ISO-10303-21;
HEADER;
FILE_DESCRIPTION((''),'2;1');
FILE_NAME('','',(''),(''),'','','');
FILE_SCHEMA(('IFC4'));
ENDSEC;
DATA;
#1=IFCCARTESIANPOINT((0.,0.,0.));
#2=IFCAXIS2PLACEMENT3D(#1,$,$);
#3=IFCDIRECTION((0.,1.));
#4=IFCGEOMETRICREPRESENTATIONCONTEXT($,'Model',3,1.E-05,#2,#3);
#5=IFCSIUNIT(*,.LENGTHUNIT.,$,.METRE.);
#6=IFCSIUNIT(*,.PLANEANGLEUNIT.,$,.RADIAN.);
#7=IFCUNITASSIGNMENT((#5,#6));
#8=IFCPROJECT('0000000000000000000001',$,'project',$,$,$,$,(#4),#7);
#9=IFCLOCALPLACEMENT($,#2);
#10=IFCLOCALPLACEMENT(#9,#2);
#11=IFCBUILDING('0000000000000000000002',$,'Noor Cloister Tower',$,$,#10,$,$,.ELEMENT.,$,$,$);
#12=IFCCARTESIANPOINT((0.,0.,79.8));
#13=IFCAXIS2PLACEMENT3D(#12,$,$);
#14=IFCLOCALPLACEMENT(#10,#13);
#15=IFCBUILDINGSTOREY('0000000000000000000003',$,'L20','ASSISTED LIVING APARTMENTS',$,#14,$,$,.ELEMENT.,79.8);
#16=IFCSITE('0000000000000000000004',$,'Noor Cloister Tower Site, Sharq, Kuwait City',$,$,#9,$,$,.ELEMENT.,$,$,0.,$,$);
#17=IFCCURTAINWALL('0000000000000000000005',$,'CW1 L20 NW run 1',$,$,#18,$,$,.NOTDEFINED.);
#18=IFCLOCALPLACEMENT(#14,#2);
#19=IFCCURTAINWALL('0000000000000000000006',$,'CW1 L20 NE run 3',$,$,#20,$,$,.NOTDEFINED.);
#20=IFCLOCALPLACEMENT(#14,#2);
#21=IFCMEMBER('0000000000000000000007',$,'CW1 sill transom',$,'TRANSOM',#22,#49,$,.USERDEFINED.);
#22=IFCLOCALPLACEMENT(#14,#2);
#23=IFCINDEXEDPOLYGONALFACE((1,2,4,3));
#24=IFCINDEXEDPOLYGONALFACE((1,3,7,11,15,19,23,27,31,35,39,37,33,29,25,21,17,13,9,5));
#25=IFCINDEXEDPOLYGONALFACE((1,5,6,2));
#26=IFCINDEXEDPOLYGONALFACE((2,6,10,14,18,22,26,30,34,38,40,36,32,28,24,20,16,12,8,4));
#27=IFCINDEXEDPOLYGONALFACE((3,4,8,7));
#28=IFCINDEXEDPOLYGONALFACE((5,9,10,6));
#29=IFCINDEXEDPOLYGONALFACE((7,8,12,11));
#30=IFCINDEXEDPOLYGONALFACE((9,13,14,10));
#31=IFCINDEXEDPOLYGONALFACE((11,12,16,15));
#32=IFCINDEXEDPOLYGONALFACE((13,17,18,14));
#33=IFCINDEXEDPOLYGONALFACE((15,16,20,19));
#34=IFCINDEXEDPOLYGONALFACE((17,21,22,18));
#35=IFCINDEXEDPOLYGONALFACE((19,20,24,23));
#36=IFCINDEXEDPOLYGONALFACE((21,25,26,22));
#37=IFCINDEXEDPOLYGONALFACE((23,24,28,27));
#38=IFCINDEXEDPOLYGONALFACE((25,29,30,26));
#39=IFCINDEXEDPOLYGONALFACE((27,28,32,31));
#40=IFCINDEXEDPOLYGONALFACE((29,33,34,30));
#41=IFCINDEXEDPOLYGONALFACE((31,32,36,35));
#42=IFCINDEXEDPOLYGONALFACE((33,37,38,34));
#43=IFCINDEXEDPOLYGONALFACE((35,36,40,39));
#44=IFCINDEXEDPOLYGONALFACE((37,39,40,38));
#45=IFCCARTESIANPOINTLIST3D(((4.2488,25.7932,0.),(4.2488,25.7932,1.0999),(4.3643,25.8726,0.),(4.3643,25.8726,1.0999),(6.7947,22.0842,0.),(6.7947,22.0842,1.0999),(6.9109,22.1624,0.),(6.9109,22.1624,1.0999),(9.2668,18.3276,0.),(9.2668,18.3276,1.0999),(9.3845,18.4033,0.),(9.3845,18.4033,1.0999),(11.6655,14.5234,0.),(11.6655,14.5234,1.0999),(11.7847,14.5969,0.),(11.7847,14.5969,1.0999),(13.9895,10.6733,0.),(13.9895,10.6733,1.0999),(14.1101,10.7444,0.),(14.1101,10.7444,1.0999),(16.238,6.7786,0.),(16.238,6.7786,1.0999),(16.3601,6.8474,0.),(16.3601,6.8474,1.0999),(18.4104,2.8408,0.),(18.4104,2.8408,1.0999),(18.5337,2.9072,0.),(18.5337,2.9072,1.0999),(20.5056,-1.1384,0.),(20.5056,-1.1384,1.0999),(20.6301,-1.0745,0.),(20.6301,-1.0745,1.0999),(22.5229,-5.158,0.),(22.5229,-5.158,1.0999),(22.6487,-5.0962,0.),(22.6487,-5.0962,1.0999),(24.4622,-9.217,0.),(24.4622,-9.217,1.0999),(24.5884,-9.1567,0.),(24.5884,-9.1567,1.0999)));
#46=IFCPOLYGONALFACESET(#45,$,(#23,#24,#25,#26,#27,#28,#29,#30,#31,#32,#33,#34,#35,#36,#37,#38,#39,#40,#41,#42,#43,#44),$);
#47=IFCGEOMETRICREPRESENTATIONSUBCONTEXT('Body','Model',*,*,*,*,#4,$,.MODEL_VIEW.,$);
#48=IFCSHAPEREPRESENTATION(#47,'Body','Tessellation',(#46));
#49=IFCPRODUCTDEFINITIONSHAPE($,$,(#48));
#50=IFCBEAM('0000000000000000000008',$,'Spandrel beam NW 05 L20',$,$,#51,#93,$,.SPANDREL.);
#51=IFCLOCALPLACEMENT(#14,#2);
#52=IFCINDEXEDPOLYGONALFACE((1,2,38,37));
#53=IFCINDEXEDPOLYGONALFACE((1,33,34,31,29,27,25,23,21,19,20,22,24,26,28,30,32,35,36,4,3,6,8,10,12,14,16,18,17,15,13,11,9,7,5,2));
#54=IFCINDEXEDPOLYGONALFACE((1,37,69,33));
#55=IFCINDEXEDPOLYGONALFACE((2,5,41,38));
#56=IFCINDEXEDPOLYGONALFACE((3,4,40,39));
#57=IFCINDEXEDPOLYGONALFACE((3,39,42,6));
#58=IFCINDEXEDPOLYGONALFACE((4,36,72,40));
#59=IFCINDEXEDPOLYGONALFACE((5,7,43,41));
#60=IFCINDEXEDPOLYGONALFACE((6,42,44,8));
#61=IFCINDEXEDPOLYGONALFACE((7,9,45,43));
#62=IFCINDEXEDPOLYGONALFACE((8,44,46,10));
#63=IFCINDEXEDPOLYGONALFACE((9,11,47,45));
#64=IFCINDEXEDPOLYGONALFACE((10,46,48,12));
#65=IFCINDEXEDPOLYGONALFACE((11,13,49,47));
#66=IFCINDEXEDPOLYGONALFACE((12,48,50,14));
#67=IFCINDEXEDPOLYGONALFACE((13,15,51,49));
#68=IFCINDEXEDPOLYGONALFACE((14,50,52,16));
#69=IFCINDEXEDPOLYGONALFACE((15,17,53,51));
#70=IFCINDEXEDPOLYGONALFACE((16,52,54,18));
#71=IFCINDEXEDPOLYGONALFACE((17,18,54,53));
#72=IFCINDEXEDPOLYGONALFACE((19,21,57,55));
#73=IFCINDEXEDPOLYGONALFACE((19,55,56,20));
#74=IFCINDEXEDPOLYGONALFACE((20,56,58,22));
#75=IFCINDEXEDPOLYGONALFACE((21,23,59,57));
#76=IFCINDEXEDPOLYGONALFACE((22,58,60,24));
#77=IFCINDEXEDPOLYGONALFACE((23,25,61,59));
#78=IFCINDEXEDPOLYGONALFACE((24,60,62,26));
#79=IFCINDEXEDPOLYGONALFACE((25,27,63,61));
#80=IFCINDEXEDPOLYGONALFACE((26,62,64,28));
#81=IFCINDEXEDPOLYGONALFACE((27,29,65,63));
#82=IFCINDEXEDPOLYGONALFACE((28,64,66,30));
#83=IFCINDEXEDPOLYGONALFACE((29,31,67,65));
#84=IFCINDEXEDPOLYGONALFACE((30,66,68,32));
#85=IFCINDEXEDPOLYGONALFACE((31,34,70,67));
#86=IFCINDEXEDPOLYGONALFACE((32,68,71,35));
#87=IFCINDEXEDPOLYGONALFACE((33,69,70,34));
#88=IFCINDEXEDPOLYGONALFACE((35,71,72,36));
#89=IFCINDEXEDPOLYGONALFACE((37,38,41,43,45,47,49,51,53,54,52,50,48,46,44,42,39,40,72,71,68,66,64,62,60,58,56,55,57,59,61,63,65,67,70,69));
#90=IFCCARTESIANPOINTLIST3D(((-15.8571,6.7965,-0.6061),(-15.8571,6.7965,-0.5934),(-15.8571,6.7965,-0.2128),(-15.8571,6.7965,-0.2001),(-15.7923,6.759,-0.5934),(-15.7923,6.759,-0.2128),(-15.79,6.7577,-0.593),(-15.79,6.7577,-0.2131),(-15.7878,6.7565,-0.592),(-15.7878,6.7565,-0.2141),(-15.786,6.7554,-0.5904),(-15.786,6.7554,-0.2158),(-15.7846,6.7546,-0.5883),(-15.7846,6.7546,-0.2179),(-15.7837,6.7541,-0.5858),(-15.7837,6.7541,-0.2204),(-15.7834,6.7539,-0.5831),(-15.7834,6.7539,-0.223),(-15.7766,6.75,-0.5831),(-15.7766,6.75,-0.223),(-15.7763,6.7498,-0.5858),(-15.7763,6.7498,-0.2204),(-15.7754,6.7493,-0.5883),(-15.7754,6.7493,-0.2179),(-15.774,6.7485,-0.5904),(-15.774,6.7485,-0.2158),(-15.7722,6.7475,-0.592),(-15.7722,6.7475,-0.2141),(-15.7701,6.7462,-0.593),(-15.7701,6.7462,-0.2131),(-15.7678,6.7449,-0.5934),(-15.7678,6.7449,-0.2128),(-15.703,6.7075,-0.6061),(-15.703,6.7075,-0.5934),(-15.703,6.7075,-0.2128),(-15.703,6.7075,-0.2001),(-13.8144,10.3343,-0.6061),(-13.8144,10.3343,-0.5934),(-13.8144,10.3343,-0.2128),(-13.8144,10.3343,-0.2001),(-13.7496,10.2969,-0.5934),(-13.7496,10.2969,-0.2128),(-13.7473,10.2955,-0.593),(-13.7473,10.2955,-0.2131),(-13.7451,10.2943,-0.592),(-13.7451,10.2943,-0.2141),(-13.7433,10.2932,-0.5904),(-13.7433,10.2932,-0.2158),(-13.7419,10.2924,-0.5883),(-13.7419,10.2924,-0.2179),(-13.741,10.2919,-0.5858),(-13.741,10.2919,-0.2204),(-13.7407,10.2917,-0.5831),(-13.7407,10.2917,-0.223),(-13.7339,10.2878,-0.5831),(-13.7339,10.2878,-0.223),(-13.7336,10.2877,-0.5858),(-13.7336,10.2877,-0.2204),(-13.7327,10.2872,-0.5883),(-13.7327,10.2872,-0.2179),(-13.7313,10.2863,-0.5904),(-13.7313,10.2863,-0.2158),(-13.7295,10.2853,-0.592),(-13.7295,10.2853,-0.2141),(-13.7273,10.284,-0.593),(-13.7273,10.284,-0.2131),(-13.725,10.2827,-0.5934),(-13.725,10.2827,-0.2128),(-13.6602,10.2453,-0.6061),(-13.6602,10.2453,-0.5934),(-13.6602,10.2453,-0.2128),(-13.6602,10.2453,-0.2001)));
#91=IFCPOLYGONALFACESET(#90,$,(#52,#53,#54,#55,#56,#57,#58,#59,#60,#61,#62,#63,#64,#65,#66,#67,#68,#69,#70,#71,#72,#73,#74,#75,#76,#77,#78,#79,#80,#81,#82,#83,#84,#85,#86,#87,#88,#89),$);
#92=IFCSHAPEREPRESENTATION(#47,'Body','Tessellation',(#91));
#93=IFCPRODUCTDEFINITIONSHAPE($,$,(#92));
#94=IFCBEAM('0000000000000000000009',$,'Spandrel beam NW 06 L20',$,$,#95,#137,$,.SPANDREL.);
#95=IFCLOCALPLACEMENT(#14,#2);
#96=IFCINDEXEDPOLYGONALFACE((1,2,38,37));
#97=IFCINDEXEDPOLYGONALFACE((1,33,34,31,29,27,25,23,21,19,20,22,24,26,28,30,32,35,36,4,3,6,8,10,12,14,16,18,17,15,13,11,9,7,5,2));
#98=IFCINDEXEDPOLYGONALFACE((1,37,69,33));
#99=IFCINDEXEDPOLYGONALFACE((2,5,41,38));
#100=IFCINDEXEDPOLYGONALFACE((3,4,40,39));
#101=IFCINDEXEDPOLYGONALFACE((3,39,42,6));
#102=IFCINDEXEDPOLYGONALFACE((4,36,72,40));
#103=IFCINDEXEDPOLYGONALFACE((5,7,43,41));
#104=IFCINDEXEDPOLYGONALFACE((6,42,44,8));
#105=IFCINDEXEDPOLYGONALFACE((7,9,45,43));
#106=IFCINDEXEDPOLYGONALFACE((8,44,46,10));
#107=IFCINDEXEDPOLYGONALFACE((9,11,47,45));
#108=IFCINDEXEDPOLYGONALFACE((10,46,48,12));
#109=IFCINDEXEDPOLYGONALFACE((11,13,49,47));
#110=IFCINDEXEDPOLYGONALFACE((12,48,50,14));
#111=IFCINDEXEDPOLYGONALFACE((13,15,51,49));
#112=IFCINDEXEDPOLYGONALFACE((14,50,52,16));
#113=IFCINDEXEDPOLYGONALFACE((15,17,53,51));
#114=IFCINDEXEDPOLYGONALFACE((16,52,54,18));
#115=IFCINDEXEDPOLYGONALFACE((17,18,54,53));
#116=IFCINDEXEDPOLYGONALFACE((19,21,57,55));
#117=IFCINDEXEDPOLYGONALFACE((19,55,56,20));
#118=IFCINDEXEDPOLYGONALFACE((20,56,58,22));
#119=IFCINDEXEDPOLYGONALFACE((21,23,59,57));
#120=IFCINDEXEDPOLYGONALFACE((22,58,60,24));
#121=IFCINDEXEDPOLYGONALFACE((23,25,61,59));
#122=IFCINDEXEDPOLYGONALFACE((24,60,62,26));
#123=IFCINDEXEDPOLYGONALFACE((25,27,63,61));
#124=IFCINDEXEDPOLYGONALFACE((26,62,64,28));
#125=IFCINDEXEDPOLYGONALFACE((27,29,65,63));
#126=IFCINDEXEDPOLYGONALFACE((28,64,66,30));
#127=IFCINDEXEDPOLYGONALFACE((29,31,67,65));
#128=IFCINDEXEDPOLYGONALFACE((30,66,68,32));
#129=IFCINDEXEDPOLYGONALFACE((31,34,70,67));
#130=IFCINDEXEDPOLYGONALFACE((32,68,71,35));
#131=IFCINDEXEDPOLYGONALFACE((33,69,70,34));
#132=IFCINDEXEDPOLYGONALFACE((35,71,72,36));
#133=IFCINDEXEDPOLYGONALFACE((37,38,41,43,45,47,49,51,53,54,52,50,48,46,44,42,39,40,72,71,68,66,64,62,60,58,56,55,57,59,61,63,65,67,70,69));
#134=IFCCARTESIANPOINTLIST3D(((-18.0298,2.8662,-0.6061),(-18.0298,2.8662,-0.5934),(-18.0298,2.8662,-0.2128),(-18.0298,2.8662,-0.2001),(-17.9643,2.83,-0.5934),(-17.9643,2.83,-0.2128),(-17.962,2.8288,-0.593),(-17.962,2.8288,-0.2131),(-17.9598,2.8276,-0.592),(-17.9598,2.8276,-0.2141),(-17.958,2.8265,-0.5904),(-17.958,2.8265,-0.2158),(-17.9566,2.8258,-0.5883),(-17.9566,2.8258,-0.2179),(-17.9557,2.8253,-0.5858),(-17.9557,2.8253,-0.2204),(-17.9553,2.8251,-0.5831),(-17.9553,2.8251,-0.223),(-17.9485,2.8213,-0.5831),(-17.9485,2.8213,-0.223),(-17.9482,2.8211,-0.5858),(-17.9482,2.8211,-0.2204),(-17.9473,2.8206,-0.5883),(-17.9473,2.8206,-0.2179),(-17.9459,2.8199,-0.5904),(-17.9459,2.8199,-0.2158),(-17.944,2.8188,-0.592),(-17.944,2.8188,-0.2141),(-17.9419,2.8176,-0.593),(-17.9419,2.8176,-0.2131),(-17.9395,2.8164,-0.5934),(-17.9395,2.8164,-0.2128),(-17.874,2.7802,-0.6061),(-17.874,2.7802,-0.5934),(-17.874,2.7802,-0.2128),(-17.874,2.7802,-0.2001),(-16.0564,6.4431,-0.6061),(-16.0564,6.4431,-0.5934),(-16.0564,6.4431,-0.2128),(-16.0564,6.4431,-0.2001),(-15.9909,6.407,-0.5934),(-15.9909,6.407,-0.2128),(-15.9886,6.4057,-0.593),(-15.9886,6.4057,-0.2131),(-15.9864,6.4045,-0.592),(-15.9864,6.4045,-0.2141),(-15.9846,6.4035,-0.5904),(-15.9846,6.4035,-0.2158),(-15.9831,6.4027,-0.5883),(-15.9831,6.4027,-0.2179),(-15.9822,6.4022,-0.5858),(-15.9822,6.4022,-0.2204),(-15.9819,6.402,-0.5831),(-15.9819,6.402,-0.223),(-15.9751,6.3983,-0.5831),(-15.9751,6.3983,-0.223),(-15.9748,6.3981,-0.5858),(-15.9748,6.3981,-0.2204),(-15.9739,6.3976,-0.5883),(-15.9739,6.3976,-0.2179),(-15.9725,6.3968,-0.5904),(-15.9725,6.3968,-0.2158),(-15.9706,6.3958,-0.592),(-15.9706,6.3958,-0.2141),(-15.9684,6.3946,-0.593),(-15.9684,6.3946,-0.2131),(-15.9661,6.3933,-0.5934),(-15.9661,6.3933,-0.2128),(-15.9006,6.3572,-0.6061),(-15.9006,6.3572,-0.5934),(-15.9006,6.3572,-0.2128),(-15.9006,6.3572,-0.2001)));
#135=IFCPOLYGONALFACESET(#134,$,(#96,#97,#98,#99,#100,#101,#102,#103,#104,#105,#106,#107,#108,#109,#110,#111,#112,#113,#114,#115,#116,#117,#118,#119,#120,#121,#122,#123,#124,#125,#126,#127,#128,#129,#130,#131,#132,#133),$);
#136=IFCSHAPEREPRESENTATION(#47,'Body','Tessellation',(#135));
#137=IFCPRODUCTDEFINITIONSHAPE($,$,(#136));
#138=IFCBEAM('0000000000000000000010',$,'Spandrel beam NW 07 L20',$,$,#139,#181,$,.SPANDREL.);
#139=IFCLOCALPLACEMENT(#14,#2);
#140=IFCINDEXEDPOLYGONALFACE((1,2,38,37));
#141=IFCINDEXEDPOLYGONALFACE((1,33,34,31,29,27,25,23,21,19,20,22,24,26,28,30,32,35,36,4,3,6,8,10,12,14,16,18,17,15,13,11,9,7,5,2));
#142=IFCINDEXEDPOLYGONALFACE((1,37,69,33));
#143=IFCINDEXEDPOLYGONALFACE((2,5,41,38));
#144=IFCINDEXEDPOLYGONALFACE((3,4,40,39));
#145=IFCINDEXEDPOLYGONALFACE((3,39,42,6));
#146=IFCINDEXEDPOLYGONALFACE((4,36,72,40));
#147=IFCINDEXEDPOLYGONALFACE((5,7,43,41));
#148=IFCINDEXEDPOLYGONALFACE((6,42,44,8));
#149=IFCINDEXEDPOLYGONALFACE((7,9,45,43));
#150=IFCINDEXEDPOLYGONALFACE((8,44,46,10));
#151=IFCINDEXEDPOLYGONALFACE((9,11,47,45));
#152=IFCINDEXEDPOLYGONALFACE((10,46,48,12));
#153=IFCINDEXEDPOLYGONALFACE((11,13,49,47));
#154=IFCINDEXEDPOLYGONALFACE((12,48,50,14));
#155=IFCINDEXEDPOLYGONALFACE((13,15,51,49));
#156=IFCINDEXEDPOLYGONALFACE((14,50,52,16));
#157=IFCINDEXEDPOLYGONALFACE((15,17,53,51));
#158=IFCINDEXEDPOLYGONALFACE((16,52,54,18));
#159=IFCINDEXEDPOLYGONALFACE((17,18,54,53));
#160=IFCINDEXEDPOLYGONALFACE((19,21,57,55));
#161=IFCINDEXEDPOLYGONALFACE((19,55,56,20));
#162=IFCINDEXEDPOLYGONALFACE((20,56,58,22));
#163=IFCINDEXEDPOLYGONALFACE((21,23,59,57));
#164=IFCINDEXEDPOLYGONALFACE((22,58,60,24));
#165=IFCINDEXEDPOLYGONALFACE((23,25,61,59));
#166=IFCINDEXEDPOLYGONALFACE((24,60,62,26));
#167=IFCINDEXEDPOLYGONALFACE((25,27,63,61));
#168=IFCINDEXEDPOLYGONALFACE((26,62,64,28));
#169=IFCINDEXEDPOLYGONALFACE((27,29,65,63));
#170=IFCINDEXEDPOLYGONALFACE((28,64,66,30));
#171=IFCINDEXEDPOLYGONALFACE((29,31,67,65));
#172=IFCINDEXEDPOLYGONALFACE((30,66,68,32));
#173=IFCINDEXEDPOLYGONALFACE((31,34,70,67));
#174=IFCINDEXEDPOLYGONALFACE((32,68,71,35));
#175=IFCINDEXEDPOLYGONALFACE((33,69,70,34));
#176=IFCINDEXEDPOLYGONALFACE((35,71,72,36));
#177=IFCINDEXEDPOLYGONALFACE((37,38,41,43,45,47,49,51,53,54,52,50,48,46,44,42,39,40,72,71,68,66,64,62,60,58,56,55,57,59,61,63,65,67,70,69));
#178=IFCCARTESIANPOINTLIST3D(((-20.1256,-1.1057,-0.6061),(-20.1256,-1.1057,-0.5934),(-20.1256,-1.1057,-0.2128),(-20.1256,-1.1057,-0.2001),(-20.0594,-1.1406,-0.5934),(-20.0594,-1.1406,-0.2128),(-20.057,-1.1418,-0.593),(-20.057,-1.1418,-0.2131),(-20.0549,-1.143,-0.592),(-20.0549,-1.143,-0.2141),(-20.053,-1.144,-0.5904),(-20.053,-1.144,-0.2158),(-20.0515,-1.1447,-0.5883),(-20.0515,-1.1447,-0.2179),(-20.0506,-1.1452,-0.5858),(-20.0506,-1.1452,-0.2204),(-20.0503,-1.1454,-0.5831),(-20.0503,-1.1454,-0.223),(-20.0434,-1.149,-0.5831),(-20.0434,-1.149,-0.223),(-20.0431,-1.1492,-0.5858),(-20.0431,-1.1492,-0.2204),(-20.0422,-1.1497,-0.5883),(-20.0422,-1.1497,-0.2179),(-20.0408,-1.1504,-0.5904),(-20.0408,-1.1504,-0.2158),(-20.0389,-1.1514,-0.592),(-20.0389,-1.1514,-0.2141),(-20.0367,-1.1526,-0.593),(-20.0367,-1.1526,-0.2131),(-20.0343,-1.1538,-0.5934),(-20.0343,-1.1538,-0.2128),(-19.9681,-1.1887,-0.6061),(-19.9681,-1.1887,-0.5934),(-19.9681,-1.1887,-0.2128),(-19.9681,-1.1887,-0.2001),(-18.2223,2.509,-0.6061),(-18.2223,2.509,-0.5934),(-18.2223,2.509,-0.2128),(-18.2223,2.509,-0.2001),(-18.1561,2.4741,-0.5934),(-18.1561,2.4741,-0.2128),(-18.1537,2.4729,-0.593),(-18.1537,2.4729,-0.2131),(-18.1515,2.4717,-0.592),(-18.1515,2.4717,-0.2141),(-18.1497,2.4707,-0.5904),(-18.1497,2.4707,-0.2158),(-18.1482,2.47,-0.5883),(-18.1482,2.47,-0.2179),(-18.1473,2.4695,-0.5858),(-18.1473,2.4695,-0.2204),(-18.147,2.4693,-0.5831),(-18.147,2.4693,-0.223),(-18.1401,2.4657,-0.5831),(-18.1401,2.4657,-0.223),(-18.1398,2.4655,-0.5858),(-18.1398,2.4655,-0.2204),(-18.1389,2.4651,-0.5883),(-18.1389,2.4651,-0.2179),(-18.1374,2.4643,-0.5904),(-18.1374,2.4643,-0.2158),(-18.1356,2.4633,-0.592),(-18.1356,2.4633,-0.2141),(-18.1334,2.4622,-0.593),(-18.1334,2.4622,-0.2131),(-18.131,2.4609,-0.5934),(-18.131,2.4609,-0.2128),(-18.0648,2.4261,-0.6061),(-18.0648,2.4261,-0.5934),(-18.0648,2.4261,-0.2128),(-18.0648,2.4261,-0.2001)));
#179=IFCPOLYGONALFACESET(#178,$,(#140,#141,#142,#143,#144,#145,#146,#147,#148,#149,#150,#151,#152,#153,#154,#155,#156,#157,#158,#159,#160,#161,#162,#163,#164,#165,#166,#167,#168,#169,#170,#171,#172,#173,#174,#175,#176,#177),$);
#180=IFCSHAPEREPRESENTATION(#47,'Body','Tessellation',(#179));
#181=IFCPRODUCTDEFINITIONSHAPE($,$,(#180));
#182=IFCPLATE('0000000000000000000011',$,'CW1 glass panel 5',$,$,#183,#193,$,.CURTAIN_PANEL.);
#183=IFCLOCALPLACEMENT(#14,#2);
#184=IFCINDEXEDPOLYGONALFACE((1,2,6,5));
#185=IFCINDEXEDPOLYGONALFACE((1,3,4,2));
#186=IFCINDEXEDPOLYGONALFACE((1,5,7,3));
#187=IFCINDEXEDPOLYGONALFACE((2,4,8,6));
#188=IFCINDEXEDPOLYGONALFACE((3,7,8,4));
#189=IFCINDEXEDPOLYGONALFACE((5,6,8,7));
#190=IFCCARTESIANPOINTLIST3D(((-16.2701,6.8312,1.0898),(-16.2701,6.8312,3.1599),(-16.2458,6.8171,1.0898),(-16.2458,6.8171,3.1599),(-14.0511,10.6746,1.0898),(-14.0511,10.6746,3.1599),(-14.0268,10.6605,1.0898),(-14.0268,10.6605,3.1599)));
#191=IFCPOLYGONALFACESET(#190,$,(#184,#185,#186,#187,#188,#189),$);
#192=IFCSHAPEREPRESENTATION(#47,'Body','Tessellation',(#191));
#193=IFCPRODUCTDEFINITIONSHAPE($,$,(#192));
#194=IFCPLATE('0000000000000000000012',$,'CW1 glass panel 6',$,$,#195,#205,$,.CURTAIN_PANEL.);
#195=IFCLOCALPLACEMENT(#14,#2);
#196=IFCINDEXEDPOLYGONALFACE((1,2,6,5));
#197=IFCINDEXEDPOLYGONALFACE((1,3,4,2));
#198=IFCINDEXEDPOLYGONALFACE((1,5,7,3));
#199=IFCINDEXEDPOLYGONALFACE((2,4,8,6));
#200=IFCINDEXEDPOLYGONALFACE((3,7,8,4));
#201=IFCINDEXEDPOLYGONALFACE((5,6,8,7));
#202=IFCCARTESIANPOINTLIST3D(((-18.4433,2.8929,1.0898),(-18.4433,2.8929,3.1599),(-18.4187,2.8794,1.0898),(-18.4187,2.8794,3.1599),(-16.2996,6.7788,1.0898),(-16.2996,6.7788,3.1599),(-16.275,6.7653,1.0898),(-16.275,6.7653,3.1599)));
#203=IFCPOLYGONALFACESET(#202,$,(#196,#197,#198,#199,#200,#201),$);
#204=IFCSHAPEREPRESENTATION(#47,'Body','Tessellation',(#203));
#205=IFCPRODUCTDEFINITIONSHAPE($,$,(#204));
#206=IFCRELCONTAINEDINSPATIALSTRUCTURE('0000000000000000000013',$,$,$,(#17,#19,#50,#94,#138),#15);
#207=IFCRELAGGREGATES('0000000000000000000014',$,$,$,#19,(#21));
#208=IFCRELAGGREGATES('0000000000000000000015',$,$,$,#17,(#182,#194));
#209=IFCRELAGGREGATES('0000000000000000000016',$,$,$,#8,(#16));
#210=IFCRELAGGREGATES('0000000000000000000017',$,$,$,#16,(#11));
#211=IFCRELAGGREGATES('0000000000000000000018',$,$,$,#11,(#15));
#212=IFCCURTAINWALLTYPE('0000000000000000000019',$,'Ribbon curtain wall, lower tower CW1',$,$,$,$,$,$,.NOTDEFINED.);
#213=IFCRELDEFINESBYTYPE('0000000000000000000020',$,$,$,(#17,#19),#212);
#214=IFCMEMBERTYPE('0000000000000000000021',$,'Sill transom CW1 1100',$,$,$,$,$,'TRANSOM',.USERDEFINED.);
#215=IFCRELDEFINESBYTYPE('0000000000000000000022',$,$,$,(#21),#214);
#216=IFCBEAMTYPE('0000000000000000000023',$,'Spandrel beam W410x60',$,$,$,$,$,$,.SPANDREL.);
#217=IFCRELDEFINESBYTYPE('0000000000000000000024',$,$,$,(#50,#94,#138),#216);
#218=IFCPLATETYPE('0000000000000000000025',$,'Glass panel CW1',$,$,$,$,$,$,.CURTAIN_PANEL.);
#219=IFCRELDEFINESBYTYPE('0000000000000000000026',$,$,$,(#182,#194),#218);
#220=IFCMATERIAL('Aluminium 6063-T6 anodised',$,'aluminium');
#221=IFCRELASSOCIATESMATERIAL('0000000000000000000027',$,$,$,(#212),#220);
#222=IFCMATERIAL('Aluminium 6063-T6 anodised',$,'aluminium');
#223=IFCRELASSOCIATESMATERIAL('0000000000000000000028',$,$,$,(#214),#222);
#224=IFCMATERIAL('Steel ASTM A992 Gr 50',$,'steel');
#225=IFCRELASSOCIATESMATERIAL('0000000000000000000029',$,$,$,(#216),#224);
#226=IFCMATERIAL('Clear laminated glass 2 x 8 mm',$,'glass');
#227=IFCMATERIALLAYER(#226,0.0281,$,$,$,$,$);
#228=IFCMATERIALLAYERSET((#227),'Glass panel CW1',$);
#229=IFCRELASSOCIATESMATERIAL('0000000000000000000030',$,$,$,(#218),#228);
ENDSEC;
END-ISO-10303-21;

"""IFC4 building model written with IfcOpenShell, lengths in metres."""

from ifc_helpers import new_model, si_unit, direction, frame, origin, origin_2d, place, context, subcontext, project, spatial, polyline, rectangle, i_section, outline, extrude, material, layer, layer_set, material_profile, profile_set, type_object, element, aggregate, save


model = new_model("IFC4")

# Units and contexts
model_context = context("Model", 3, precision=1e-05, world=origin(), true_north=direction((0.0, 1.0)))
body_context = subcontext(model_context, "Body", "Model", "MODEL_VIEW")
ifc_project = project(units=[si_unit("LENGTHUNIT", "METRE"), si_unit("PLANEANGLEUNIT", "RADIAN")], contexts=[model_context])

# Site, building, storey
site_placement = place(None, origin())
site = spatial("IfcSite", under=ifc_project, at=site_placement, Name="Noor Cloister Tower Site, Sharq, Kuwait City", CompositionType="ELEMENT", RefElevation=0.0)
building_placement = place(site_placement, origin())
building = spatial("IfcBuilding", under=site, at=building_placement, Name="Noor Cloister Tower", CompositionType="ELEMENT")
storey_placement = place(building_placement, frame((0.0, 0.0, 79.8)))
storey = spatial("IfcBuildingStorey", under=building, at=storey_placement, Name="L20", Description="ASSISTED LIVING APARTMENTS", CompositionType="ELEMENT", Elevation=79.8)

# Curtain walls
ifc_material_1 = material(Name="Aluminium 6063-T6 anodised", Category="aluminium")
curtain_wall_type = type_object("IfcCurtainWallType", Name="Ribbon curtain wall, lower tower CW1", PredefinedType="NOTDEFINED", material=ifc_material_1)
curtain_wall_1_placement = place(storey_placement, origin())
curtain_wall_1 = element("IfcCurtainWall", 1, at=curtain_wall_1_placement, inside=storey, type_object=curtain_wall_type, Name="CW1 L20 NW run 1", PredefinedType="NOTDEFINED")
curtain_wall_2_placement = place(storey_placement, origin())
curtain_wall_2 = element("IfcCurtainWall", 2, at=curtain_wall_2_placement, inside=storey, type_object=curtain_wall_type, Name="CW1 L20 NE run 3", PredefinedType="NOTDEFINED")

# Member
ifc_material_2 = material(Name="Aluminium 6063-T6 anodised", Category="aluminium")
member_type_1 = type_object("IfcMemberType", Name="Sill transom CW1 1100", ElementType="TRANSOM", PredefinedType="USERDEFINED", material=ifc_material_2)
member_1_placement = place(storey_placement, origin())
member_1 = element("IfcMember", 3, at=member_1_placement, type_object=member_type_1, Name="CW1 sill transom", ObjectType="TRANSOM", PredefinedType="USERDEFINED", context=body_context, shape_type="SweptSolid", body=[
    extrude(outline(polyline([(24.5884, -9.1567), (22.6487, -5.0962), (20.6301, -1.0745), (18.5337, 2.9072), (16.3601, 6.8474), (14.1101, 10.7444), (11.7847, 14.5969), (9.3845, 18.4033), (6.9109, 22.1624), (4.3643, 25.8726), (4.2488, 25.7932), (6.7947, 22.0842), (9.2668, 18.3276), (11.6655, 14.5234), (13.9895, 10.6733), (16.238, 6.7786), (18.4104, 2.8408), (20.5056, -1.1384), (22.5229, -5.158), (24.4622, -9.217), (24.5884, -9.1567)])), origin(), (0.0, 0.0, 1.0), 1.0999),
])
aggregate(curtain_wall_2, [member_1])

# Beams
ifc_material_3 = material(Name="Steel ASTM A992 Gr 50", Category="steel")
ifc_material_profile_1 = material_profile(ifc_material_3, i_section(OverallWidth=0.178, OverallDepth=0.406, WebThickness=0.0078, FlangeThickness=0.0127, FilletRadius=0.0103, at=origin_2d()), Name="W410x60")
ifc_profile_set_1 = profile_set([ifc_material_profile_1], Name="Steel ASTM A992 Gr 50")
beam_type_1 = type_object("IfcBeamType", Name="Spandrel beam W410x60", PredefinedType="SPANDREL", material=ifc_profile_set_1)
for number, where, z_axis, x_axis, name in (
    (4, (-13.7373, 10.2898, -0.4031), (-0.500028, -0.866009, 0.0), (0.866009, -0.500028, 0.0), "Spandrel beam NW 05 L20"),
    (5, (-15.9785, 6.4001, -0.4031), (-0.483063, -0.875586, 0.0), (0.875586, -0.483063, 0.0), "Spandrel beam NW 06 L20"),
    (6, (-18.1436, 2.4675, -0.4031), (-0.465904, -0.884835, 0.0), (0.884835, -0.465904, 0.0), "Spandrel beam NW 07 L20"),
):
    element("IfcBeam", number, at=place(storey_placement, frame(where, z_axis=z_axis, x_axis=x_axis)), inside=storey, type_object=beam_type_1, Name=name, PredefinedType="SPANDREL", context=body_context, shape_type="SweptSolid", body=[
        extrude(i_section(OverallWidth=0.178, OverallDepth=0.406, WebThickness=0.0078, FlangeThickness=0.0127, FilletRadius=0.0103, at=origin_2d()), origin(), (0.0, 0.0, 1.0), 4.0852),
    ])

# Plates
ifc_material_4 = material(Name="Clear laminated glass 2 x 8 mm", Category="glass")
ifc_layer_1 = layer(ifc_material_4, 0.0281)
ifc_layer_set_1 = layer_set([ifc_layer_1], Name="Glass panel CW1")
plate_type = type_object("IfcPlateType", Name="Glass panel CW1", PredefinedType="CURTAIN_PANEL", material=ifc_layer_set_1)
plate_1_placement = place(storey_placement, frame((-15.1484, 8.7458, 1.0898), z_axis=(0.0, 0.0, 1.0), x_axis=(-0.5, -0.866025, 0.0)))
plate_1 = element("IfcPlate", 7, at=plate_1_placement, type_object=plate_type, Name="CW1 glass panel 5", PredefinedType="CURTAIN_PANEL", context=body_context, shape_type="SweptSolid", body=[
    extrude(rectangle(XDim=4.438, YDim=0.0281, at=origin_2d()), origin(), (0.0, 0.0, 1.0), 2.0701),
])
plate_2_placement = place(storey_placement, frame((-17.3591, 4.8291, 1.0898), z_axis=(0.0, 0.0, 1.0), x_axis=(-0.483036, -0.8756, 0.0)))
plate_2 = element("IfcPlate", 8, at=plate_2_placement, type_object=plate_type, Name="CW1 glass panel 6", PredefinedType="CURTAIN_PANEL", context=body_context, shape_type="SweptSolid", body=[
    extrude(rectangle(XDim=4.438, YDim=0.0281, at=origin_2d()), origin(), (0.0, 0.0, 1.0), 2.0701),
])
aggregate(curtain_wall_1, [plate_1, plate_2])

save(model, "model.ifc")
